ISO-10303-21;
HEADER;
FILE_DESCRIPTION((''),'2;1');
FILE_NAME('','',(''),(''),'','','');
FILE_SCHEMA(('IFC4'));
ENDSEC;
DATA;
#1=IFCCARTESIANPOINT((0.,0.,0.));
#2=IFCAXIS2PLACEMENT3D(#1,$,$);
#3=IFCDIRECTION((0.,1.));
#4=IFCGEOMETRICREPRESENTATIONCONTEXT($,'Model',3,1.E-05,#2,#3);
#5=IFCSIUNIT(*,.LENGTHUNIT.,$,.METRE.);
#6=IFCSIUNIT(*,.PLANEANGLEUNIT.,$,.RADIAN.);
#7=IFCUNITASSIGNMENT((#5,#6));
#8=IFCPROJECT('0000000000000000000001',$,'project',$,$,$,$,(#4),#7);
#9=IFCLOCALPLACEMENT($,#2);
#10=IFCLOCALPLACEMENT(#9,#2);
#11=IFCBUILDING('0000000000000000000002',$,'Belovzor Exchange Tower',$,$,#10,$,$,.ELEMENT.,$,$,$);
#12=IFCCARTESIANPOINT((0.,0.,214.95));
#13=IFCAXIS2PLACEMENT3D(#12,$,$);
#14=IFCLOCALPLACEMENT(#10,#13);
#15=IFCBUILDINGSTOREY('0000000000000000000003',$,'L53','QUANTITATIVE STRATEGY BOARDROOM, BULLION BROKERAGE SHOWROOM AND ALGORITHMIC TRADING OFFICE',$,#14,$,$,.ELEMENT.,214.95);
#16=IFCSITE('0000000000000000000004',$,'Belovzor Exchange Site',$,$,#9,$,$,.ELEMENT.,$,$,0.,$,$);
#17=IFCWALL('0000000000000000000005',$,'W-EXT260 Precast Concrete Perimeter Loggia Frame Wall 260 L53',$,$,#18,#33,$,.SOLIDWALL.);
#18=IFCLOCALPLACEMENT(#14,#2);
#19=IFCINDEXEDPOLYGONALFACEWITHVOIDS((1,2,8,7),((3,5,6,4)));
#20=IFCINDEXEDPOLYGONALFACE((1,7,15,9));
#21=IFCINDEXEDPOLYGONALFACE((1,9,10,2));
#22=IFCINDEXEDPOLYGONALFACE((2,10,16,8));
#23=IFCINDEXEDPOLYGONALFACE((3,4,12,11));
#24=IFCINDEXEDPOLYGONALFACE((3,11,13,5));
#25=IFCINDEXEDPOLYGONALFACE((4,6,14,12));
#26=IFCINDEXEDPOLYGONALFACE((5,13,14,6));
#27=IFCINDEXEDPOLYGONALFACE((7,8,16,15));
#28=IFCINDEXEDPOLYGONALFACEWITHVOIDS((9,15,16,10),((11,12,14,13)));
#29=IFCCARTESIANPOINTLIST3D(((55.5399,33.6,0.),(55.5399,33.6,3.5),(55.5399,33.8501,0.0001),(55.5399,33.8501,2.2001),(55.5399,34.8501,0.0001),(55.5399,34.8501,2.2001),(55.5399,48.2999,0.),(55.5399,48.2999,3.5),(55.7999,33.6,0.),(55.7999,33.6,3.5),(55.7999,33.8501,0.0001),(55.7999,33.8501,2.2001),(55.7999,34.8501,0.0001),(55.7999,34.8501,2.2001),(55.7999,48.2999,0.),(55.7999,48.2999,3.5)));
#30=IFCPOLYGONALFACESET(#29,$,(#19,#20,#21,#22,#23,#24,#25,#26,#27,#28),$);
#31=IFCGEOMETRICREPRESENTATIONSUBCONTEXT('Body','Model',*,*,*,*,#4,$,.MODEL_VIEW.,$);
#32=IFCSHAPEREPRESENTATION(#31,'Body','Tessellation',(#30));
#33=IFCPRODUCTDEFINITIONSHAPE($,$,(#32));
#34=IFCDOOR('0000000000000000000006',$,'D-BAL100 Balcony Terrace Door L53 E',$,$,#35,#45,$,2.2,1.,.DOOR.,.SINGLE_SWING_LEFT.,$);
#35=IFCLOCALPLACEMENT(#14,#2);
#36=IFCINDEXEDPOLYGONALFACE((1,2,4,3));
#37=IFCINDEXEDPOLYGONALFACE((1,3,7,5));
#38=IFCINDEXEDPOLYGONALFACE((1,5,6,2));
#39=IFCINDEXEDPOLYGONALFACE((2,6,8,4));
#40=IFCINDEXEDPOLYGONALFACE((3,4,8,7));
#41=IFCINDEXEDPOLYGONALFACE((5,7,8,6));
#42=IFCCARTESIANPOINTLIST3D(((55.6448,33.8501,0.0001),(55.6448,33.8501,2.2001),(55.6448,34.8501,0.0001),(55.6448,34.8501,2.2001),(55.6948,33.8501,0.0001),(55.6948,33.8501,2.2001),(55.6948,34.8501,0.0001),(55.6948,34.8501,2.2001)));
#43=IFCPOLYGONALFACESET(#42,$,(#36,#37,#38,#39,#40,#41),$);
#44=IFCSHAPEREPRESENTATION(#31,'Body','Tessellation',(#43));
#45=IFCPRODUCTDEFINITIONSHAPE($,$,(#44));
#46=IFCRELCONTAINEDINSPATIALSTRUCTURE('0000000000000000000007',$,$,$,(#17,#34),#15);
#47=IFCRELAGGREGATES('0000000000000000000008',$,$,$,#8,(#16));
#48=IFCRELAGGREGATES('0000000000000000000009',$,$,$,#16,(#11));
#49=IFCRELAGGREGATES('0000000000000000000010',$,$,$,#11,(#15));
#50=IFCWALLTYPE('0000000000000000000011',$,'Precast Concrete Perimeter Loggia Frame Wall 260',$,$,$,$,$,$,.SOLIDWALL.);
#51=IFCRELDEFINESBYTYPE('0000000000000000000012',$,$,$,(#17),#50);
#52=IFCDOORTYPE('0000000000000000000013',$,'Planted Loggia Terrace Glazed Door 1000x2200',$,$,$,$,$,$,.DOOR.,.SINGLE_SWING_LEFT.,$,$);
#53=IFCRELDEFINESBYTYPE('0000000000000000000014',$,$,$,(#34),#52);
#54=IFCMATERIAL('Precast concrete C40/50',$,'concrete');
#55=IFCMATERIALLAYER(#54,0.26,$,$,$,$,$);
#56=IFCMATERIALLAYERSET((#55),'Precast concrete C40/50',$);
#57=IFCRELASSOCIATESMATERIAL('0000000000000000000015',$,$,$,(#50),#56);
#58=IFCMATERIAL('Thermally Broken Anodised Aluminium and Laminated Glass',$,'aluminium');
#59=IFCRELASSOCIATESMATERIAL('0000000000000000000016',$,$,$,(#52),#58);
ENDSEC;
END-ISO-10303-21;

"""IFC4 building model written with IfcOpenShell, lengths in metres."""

from ifc_helpers import new_model, si_unit, direction, frame, frame_2d, origin, place, context, subcontext, project, spatial, rectangle, extrude, material, layer, layer_set, type_object, element, fill, save


model = new_model("IFC4")

# Units and contexts
model_context = context("Model", 3, precision=1e-05, world=origin(), true_north=direction((0.0, 1.0)))
body_context = subcontext(model_context, "Body", "Model", "MODEL_VIEW")
ifc_project = project(units=[si_unit("LENGTHUNIT", "METRE"), si_unit("PLANEANGLEUNIT", "RADIAN")], contexts=[model_context])

# Site, building, storey
site_placement = place(None, origin())
site = spatial("IfcSite", under=ifc_project, at=site_placement, Name="Belovzor Exchange Site", CompositionType="ELEMENT", RefElevation=0.0)
building_placement = place(site_placement, origin())
building = spatial("IfcBuilding", under=site, at=building_placement, Name="Belovzor Exchange Tower", CompositionType="ELEMENT")
storey_placement = place(building_placement, frame((0.0, 0.0, 214.95)))
storey = spatial("IfcBuildingStorey", under=building, at=storey_placement, Name="L53", Description="QUANTITATIVE STRATEGY BOARDROOM, BULLION BROKERAGE SHOWROOM AND ALGORITHMIC TRADING OFFICE", CompositionType="ELEMENT", Elevation=214.95)

# Wall, opening, door
ifc_material_1 = material(Name="Precast concrete C40/50", Category="concrete")
ifc_layer_1 = layer(ifc_material_1, 0.26)
ifc_layer_set_1 = layer_set([ifc_layer_1], Name="Precast concrete C40/50")
wall_type_1 = type_object("IfcWallType", Name="Precast Concrete Perimeter Loggia Frame Wall 260", PredefinedType="SOLIDWALL", material=ifc_layer_set_1)
wall_1_placement = place(storey_placement, frame((55.6699, 48.3, 0.0), z_axis=(0.0, 0.0, 1.0), x_axis=(0.0, -1.0, 0.0)))
wall_1 = element("IfcWall", 1, at=wall_1_placement, inside=storey, type_object=wall_type_1, Name="W-EXT260 Precast Concrete Perimeter Loggia Frame Wall 260 L53", PredefinedType="SOLIDWALL", context=body_context, shape_type="SweptSolid", body=[
    extrude(rectangle(XDim=14.7, YDim=0.26, at=frame_2d((7.3501, 0.0))), origin(), (0.0, 0.0, 1.0), 3.5),
])
opening_1_placement = place(wall_1_placement, frame((13.45, 0.0, 0.0)))
opening_1 = element("IfcOpeningElement", 2, at=opening_1_placement, cuts=wall_1, PredefinedType="OPENING", context=body_context, shape_type="SweptSolid", body=[
    extrude(rectangle(XDim=1.0, YDim=2.2, at=frame_2d((0.5, 1.1001))), frame((0.0, 0.1399, 0.0), z_axis=(0.0, -1.0, 0.0), x_axis=(1.0, 0.0, 0.0)), (0.0, 0.0, 1.0), 0.28),
])
ifc_material_2 = material(Name="Thermally Broken Anodised Aluminium and Laminated Glass", Category="aluminium")
door_type_1 = type_object("IfcDoorType", Name="Planted Loggia Terrace Glazed Door 1000x2200", OperationType="SINGLE_SWING_LEFT", PredefinedType="DOOR", material=ifc_material_2)
door_1_placement = place(opening_1_placement, origin())
door_1 = element("IfcDoor", 3, at=door_1_placement, inside=storey, type_object=door_type_1, Name="D-BAL100 Balcony Terrace Door L53 E", OperationType="SINGLE_SWING_LEFT", OverallHeight=2.2, OverallWidth=1.0, PredefinedType="DOOR", context=body_context, shape_type="SweptSolid", body=[
    extrude(rectangle(XDim=1.0, YDim=2.2, at=frame_2d((0.5, 1.1001))), frame((0.0, 0.0249, 0.0), z_axis=(0.0, -1.0, 0.0), x_axis=(1.0, 0.0, 0.0)), (0.0, 0.0, 1.0), 0.05),
])
fill(opening_1, door_1)

save(model, "model.ifc")
